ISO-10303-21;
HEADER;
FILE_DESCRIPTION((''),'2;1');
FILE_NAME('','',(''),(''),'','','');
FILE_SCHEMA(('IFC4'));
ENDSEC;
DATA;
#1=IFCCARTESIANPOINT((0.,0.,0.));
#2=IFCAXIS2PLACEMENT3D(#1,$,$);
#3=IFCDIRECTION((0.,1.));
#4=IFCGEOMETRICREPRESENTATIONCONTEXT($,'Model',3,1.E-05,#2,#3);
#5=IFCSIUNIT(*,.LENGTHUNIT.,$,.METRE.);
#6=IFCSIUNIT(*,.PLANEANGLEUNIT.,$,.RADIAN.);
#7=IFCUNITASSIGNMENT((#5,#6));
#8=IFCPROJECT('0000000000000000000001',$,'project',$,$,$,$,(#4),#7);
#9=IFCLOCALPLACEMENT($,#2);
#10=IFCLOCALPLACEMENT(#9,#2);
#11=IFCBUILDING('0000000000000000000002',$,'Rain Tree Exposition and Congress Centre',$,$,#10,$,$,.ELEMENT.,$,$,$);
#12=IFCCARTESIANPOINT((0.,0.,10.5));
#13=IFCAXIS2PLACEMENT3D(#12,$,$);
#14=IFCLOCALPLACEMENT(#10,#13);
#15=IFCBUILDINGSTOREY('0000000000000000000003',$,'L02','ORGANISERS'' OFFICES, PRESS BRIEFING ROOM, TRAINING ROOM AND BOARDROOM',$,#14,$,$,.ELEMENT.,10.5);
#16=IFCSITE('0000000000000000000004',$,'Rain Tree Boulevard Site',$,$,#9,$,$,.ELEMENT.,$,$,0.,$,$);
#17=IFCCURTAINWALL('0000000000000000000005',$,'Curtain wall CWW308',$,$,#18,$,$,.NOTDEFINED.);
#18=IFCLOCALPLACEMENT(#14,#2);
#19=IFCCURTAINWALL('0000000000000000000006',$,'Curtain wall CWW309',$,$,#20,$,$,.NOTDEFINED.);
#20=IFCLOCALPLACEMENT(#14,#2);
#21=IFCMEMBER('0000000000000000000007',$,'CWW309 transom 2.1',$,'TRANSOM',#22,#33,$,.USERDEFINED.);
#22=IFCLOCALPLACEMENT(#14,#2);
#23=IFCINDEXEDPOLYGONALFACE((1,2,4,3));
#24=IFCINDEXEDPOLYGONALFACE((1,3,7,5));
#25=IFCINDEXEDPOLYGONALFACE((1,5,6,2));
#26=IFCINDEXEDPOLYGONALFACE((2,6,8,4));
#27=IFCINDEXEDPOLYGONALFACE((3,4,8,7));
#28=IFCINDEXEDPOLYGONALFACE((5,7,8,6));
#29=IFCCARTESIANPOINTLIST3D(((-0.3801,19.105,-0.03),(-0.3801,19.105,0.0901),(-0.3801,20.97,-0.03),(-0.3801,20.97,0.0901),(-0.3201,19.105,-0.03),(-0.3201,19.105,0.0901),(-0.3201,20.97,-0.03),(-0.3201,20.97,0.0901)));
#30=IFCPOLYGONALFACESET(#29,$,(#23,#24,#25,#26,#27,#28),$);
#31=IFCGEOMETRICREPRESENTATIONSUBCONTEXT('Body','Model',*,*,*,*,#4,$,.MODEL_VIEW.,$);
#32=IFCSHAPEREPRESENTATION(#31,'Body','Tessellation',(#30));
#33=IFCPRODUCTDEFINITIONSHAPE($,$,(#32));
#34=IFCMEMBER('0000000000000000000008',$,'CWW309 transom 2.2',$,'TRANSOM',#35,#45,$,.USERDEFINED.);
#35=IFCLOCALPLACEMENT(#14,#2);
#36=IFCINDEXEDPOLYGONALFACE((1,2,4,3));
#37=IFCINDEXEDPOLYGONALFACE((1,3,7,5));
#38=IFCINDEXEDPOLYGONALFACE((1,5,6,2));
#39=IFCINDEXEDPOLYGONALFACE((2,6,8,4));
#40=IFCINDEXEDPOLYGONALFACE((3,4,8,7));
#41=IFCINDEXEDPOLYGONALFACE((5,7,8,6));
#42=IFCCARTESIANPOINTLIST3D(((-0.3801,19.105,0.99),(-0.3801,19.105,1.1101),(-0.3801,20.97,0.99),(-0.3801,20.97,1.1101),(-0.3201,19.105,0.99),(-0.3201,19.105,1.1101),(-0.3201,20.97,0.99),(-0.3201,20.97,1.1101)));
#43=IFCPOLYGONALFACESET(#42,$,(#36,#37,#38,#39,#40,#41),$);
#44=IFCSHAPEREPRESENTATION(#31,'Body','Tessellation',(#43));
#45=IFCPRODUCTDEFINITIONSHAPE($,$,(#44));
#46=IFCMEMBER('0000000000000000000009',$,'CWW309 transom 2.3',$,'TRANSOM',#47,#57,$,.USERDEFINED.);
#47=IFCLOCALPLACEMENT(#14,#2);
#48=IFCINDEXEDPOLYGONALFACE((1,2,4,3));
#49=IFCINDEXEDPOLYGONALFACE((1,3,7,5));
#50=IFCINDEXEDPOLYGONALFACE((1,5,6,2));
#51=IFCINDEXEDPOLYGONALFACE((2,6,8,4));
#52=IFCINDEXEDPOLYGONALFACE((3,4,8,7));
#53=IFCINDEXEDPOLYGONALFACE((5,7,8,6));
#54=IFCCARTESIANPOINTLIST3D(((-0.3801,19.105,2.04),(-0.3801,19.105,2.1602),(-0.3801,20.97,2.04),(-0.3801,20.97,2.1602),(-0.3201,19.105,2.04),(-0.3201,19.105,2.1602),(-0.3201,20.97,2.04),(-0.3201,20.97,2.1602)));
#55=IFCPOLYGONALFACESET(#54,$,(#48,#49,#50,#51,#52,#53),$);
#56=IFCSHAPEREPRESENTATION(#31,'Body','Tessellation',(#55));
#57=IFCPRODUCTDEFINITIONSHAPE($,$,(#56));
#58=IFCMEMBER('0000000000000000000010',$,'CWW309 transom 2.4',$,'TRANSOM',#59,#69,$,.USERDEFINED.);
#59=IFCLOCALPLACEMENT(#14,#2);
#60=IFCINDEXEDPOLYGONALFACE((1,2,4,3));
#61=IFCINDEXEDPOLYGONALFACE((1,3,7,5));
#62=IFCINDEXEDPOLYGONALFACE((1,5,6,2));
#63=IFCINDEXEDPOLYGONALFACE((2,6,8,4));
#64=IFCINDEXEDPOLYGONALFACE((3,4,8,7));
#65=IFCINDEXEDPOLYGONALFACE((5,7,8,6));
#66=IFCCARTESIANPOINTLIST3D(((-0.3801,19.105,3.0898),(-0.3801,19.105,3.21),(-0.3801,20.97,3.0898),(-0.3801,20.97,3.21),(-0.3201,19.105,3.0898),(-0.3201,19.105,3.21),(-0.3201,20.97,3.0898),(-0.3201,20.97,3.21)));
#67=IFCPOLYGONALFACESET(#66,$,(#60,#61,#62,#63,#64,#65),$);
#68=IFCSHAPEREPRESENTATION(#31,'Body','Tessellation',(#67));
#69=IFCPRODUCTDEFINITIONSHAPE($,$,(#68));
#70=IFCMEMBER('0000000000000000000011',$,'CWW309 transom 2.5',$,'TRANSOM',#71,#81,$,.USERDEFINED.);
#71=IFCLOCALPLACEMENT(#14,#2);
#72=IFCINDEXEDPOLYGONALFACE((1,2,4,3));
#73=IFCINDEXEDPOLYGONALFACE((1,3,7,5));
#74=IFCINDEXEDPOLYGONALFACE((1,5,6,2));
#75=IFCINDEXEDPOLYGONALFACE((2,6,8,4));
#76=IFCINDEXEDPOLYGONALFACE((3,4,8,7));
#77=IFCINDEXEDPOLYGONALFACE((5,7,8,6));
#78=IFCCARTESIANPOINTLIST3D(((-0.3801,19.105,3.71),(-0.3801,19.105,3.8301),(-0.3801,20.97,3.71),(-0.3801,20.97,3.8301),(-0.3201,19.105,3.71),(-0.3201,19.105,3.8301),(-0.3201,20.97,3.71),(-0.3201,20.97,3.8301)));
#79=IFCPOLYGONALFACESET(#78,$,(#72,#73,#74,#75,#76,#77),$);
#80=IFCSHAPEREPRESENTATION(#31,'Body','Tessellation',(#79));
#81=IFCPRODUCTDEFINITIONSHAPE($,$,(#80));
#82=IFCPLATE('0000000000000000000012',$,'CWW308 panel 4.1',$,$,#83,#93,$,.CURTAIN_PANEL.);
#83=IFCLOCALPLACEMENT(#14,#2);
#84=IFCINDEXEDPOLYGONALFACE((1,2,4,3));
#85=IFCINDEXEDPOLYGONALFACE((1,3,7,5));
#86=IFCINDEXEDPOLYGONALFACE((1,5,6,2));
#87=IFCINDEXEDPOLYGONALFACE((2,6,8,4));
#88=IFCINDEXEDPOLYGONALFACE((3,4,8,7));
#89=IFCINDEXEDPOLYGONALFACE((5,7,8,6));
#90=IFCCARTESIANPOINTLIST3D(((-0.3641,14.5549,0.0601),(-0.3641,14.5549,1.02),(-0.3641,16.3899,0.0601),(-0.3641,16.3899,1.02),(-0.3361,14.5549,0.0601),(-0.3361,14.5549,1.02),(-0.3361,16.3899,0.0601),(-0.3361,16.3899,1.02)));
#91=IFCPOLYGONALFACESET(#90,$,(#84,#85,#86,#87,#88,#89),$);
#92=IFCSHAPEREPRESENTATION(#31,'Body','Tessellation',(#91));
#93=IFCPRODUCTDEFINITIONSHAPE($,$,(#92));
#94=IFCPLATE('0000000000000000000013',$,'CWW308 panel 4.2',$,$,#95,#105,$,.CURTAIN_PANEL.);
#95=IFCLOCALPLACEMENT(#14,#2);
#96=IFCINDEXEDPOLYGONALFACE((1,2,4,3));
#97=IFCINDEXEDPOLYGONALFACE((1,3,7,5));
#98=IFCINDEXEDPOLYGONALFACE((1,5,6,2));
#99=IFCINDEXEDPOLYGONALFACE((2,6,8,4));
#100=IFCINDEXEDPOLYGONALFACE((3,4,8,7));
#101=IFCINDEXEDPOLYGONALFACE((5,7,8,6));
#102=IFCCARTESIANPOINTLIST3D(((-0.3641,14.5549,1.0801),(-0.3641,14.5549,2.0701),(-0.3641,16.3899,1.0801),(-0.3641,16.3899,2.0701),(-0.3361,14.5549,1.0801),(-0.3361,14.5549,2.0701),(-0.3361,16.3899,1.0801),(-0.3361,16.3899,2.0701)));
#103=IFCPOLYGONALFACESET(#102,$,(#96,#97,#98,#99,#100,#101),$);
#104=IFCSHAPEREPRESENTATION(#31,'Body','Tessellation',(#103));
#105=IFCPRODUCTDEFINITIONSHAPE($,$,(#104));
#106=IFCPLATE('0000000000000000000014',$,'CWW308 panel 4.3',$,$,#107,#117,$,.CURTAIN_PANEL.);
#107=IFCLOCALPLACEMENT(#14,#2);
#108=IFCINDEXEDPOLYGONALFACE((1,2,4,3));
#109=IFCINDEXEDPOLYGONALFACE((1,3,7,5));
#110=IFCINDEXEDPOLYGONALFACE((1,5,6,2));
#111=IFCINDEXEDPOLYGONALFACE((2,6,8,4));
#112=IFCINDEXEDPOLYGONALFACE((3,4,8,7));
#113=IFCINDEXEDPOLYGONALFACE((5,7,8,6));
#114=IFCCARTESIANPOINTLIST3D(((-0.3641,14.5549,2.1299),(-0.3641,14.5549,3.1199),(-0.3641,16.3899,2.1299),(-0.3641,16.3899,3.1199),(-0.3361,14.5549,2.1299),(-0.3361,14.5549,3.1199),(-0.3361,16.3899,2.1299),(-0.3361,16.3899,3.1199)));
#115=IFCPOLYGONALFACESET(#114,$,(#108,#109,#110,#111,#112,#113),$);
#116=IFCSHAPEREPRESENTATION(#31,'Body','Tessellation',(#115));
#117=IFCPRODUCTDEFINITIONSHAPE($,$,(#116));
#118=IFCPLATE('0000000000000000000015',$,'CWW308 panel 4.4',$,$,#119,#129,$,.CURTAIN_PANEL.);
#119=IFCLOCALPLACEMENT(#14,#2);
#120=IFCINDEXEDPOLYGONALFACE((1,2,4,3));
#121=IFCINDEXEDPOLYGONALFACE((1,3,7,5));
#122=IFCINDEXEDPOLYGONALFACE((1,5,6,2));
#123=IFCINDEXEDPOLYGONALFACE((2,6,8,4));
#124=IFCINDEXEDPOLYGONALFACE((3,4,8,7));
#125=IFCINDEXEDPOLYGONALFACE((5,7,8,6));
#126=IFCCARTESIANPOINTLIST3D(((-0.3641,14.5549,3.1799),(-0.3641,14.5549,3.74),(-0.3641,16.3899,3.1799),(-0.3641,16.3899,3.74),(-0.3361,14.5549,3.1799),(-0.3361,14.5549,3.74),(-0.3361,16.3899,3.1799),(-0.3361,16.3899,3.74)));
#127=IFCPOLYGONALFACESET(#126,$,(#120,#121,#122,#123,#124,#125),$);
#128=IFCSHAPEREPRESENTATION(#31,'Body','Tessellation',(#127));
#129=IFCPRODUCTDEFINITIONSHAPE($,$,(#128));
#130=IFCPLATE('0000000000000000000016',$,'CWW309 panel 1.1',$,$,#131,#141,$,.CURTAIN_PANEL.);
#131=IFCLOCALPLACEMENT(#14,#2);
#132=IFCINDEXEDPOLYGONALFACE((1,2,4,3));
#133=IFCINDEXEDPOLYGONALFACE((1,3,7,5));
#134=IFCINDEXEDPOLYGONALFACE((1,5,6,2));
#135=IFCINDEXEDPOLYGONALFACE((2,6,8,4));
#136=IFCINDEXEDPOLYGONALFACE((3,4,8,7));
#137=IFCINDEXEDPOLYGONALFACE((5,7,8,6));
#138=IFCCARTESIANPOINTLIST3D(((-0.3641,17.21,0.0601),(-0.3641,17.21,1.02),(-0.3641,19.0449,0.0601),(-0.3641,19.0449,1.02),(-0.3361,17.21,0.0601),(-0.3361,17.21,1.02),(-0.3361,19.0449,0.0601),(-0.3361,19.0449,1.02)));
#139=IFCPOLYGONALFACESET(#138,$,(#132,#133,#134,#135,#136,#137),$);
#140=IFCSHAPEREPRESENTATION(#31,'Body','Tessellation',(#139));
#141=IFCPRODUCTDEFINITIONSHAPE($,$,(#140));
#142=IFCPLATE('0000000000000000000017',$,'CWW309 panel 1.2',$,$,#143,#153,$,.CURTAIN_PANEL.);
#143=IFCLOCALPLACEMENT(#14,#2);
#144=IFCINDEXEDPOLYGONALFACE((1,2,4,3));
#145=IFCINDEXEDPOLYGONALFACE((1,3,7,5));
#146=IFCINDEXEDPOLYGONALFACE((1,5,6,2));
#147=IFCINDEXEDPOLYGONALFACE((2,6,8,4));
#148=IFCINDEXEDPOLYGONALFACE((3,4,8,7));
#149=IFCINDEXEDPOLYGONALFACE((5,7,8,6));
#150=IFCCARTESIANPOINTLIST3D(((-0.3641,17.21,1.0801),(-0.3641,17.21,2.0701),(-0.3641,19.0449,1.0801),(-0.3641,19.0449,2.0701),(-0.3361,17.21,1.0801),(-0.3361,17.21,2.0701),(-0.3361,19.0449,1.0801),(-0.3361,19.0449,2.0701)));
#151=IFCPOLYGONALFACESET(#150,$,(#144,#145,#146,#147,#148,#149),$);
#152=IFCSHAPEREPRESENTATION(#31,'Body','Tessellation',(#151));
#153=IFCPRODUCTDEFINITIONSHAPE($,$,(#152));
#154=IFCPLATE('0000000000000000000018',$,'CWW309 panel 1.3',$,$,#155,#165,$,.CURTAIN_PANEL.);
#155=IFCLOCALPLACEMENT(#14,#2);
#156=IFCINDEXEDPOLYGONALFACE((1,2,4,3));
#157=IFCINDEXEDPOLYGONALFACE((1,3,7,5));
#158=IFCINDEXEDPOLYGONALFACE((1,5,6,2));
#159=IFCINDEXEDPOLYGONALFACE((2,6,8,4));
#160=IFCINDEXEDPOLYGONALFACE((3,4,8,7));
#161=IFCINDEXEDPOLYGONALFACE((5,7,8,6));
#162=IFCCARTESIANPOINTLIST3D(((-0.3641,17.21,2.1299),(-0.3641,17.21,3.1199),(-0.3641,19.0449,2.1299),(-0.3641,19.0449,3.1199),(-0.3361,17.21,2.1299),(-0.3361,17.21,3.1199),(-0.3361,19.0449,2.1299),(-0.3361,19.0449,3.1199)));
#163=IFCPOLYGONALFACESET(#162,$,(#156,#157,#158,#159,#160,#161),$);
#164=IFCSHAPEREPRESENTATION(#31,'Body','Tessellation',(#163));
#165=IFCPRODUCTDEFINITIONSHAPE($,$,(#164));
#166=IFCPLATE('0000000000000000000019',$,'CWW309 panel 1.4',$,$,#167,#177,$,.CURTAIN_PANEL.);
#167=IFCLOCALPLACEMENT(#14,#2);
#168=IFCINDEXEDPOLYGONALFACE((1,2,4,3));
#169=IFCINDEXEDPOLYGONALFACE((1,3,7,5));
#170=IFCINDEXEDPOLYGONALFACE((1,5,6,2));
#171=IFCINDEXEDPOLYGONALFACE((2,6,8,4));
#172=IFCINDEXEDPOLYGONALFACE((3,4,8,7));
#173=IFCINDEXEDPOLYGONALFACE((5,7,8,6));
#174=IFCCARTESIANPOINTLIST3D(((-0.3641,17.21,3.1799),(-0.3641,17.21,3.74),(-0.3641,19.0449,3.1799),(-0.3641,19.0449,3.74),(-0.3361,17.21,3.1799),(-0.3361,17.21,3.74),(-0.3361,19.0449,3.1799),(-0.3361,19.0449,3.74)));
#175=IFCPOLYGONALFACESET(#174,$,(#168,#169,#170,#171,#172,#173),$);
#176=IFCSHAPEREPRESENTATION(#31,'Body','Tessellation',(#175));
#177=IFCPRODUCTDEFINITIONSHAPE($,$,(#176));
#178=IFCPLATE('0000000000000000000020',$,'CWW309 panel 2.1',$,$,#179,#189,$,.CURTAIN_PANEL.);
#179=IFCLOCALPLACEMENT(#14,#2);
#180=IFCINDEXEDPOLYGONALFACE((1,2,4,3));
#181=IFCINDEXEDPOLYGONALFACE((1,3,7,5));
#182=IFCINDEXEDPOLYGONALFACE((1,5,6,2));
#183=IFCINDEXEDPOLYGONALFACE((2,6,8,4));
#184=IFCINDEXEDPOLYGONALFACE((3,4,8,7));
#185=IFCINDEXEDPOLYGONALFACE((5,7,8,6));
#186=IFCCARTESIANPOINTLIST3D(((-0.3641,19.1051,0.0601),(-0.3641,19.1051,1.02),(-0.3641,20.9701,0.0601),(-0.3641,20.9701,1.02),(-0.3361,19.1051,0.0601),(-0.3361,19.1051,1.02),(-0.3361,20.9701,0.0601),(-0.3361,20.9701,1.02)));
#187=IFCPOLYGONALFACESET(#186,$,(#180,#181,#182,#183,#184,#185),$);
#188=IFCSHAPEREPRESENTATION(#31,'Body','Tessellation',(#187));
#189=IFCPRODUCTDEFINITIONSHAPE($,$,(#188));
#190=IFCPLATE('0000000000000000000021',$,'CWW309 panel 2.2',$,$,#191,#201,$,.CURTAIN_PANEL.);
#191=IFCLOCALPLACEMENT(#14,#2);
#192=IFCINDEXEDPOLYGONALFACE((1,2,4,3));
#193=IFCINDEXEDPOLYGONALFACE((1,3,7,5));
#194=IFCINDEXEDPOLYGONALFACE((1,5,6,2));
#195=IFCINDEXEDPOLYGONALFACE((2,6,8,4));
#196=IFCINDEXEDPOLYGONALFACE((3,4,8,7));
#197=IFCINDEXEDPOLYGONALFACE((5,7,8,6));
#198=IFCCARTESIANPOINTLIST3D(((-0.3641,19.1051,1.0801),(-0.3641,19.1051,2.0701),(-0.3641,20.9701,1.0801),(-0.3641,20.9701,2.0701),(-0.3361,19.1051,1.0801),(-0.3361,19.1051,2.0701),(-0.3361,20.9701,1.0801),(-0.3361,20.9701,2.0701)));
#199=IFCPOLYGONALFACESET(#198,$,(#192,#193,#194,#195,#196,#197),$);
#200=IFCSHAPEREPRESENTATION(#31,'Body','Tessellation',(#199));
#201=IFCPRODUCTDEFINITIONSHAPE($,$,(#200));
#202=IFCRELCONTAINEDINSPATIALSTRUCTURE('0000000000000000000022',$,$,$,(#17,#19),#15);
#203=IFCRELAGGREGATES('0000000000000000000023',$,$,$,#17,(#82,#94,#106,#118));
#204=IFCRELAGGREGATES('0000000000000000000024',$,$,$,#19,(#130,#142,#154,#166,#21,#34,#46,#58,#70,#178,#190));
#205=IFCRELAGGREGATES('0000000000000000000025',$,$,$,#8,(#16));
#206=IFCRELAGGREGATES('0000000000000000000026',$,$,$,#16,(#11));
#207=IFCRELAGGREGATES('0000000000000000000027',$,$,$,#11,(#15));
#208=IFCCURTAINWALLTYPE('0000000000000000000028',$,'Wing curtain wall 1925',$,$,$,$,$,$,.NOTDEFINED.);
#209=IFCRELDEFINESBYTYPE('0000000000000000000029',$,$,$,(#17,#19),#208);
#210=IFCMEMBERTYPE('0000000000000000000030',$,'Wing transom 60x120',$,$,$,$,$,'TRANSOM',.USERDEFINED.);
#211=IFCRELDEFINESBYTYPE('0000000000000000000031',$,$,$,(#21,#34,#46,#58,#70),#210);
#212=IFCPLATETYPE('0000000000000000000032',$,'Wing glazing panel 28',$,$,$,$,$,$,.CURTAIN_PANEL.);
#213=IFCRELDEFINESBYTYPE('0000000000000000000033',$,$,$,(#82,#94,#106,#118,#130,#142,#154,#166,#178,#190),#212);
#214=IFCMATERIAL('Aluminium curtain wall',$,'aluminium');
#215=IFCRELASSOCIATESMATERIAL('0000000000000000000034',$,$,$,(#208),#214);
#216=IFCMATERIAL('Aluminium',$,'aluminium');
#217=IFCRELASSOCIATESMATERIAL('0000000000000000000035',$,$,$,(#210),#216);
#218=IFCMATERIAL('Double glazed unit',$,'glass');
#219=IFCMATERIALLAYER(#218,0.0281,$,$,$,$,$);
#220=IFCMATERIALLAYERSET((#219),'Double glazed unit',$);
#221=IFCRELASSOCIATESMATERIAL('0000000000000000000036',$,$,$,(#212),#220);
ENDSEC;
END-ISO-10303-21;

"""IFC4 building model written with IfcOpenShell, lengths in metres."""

from ifc_helpers import new_model, si_unit, direction, frame, origin, origin_2d, place, context, subcontext, project, spatial, rectangle, extrude, material, layer, layer_set, material_profile, profile_set, type_object, element, aggregate, save


model = new_model("IFC4")

# Units and contexts
model_context = context("Model", 3, precision=1e-05, world=origin(), true_north=direction((0.0, 1.0)))
body_context = subcontext(model_context, "Body", "Model", "MODEL_VIEW")
ifc_project = project(units=[si_unit("LENGTHUNIT", "METRE"), si_unit("PLANEANGLEUNIT", "RADIAN")], contexts=[model_context])

# Site, building, storey
site_placement = place(None, origin())
site = spatial("IfcSite", under=ifc_project, at=site_placement, Name="Rain Tree Boulevard Site", CompositionType="ELEMENT", RefElevation=0.0)
building_placement = place(site_placement, origin())
building = spatial("IfcBuilding", under=site, at=building_placement, Name="Rain Tree Exposition and Congress Centre", CompositionType="ELEMENT")
storey_placement = place(building_placement, frame((0.0, 0.0, 10.5)))
storey = spatial("IfcBuildingStorey", under=building, at=storey_placement, Name="L02", Description="ORGANISERS' OFFICES, PRESS BRIEFING ROOM, TRAINING ROOM AND BOARDROOM", CompositionType="ELEMENT", Elevation=10.5)

# Curtain wall
ifc_material_1 = material(Name="Aluminium curtain wall", Category="aluminium")
curtain_wall_type = type_object("IfcCurtainWallType", Name="Wing curtain wall 1925", PredefinedType="NOTDEFINED", material=ifc_material_1)
curtain_wall_1_placement = place(storey_placement, origin())
curtain_wall_1 = element("IfcCurtainWall", 1, at=curtain_wall_1_placement, inside=storey, type_object=curtain_wall_type, Name="Curtain wall CWW308", PredefinedType="NOTDEFINED")

# Curtain wall, members
curtain_wall_2_placement = place(storey_placement, origin())
curtain_wall_2 = element("IfcCurtainWall", 2, at=curtain_wall_2_placement, inside=storey, type_object=curtain_wall_type, Name="Curtain wall CWW309", PredefinedType="NOTDEFINED")
ifc_material_2 = material(Name="Aluminium", Category="aluminium")
ifc_material_profile_1 = material_profile(ifc_material_2, rectangle(XDim=0.0601, YDim=0.1201, at=origin_2d()), Name="Aluminium 60x120")
ifc_profile_set_1 = profile_set([ifc_material_profile_1], Name="Aluminium")
member_type_1 = type_object("IfcMemberType", Name="Wing transom 60x120", ElementType="TRANSOM", PredefinedType="USERDEFINED", material=ifc_profile_set_1)
member_1_placement = place(storey_placement, frame((-0.3501, 19.105, 0.03), z_axis=(0.0, 1.0, 0.0), x_axis=(-1.0, 0.0, 0.0)))
member_1 = element("IfcMember", 3, at=member_1_placement, type_object=member_type_1, Name="CWW309 transom 2.1", ObjectType="TRANSOM", PredefinedType="USERDEFINED", context=body_context, shape_type="SweptSolid", body=[
    extrude(rectangle(XDim=0.0601, YDim=0.1201, at=origin_2d()), origin(), (0.0, 0.0, 1.0), 1.865),
])
member_2_placement = place(storey_placement, frame((-0.3501, 19.105, 1.05), z_axis=(0.0, 1.0, 0.0), x_axis=(-1.0, 0.0, 0.0)))
member_2 = element("IfcMember", 4, at=member_2_placement, type_object=member_type_1, Name="CWW309 transom 2.2", ObjectType="TRANSOM", PredefinedType="USERDEFINED", context=body_context, shape_type="SweptSolid", body=[
    extrude(rectangle(XDim=0.0601, YDim=0.1201, at=origin_2d()), origin(), (0.0, 0.0, 1.0), 1.865),
])
member_3_placement = place(storey_placement, frame((-0.3501, 19.105, 2.1001), z_axis=(0.0, 1.0, 0.0), x_axis=(-1.0, 0.0, 0.0)))
member_3 = element("IfcMember", 5, at=member_3_placement, type_object=member_type_1, Name="CWW309 transom 2.3", ObjectType="TRANSOM", PredefinedType="USERDEFINED", context=body_context, shape_type="SweptSolid", body=[
    extrude(rectangle(XDim=0.0601, YDim=0.1201, at=origin_2d()), origin(), (0.0, 0.0, 1.0), 1.865),
])
member_4_placement = place(storey_placement, frame((-0.3501, 19.105, 3.1499), z_axis=(0.0, 1.0, 0.0), x_axis=(-1.0, 0.0, 0.0)))
member_4 = element("IfcMember", 6, at=member_4_placement, type_object=member_type_1, Name="CWW309 transom 2.4", ObjectType="TRANSOM", PredefinedType="USERDEFINED", context=body_context, shape_type="SweptSolid", body=[
    extrude(rectangle(XDim=0.0601, YDim=0.1201, at=origin_2d()), origin(), (0.0, 0.0, 1.0), 1.865),
])
member_5_placement = place(storey_placement, frame((-0.3501, 19.105, 3.77), z_axis=(0.0, 1.0, 0.0), x_axis=(-1.0, 0.0, 0.0)))
member_5 = element("IfcMember", 7, at=member_5_placement, type_object=member_type_1, Name="CWW309 transom 2.5", ObjectType="TRANSOM", PredefinedType="USERDEFINED", context=body_context, shape_type="SweptSolid", body=[
    extrude(rectangle(XDim=0.0601, YDim=0.1201, at=origin_2d()), origin(), (0.0, 0.0, 1.0), 1.865),
])

# Plates
ifc_material_3 = material(Name="Double glazed unit", Category="glass")
ifc_layer_1 = layer(ifc_material_3, 0.0281)
ifc_layer_set_1 = layer_set([ifc_layer_1], Name="Double glazed unit")
plate_type = type_object("IfcPlateType", Name="Wing glazing panel 28", PredefinedType="CURTAIN_PANEL", material=ifc_layer_set_1)
plate_1_placement = place(storey_placement, frame((-0.3501, 15.4724, 0.0601), z_axis=(0.0, 0.0, 1.0), x_axis=(0.0, 1.0, 0.0)))
plate_1 = element("IfcPlate", 8, at=plate_1_placement, type_object=plate_type, Name="CWW308 panel 4.1", PredefinedType="CURTAIN_PANEL", context=body_context, shape_type="SweptSolid", body=[
    extrude(rectangle(XDim=1.835, YDim=0.0281, at=origin_2d()), origin(), (0.0, 0.0, 1.0), 0.96),
])
plate_2_placement = place(storey_placement, frame((-0.3501, 15.4724, 1.0801), z_axis=(0.0, 0.0, 1.0), x_axis=(0.0, 1.0, 0.0)))
plate_2 = element("IfcPlate", 9, at=plate_2_placement, type_object=plate_type, Name="CWW308 panel 4.2", PredefinedType="CURTAIN_PANEL", context=body_context, shape_type="SweptSolid", body=[
    extrude(rectangle(XDim=1.835, YDim=0.0281, at=origin_2d()), origin(), (0.0, 0.0, 1.0), 0.99),
])
plate_3_placement = place(storey_placement, frame((-0.3501, 15.4724, 2.1299), z_axis=(0.0, 0.0, 1.0), x_axis=(0.0, 1.0, 0.0)))
plate_3 = element("IfcPlate", 10, at=plate_3_placement, type_object=plate_type, Name="CWW308 panel 4.3", PredefinedType="CURTAIN_PANEL", context=body_context, shape_type="SweptSolid", body=[
    extrude(rectangle(XDim=1.835, YDim=0.0281, at=origin_2d()), origin(), (0.0, 0.0, 1.0), 0.99),
])
plate_4_placement = place(storey_placement, frame((-0.3501, 15.4724, 3.1799), z_axis=(0.0, 0.0, 1.0), x_axis=(0.0, 1.0, 0.0)))
plate_4 = element("IfcPlate", 11, at=plate_4_placement, type_object=plate_type, Name="CWW308 panel 4.4", PredefinedType="CURTAIN_PANEL", context=body_context, shape_type="SweptSolid", body=[
    extrude(rectangle(XDim=1.835, YDim=0.0281, at=origin_2d()), origin(), (0.0, 0.0, 1.0), 0.5601),
])
aggregate(curtain_wall_1, [plate_1, plate_2, plate_3, plate_4])
plate_5_placement = place(storey_placement, frame((-0.3501, 18.1274, 0.0601), z_axis=(0.0, 0.0, 1.0), x_axis=(0.0, 1.0, 0.0)))
plate_5 = element("IfcPlate", 12, at=plate_5_placement, type_object=plate_type, Name="CWW309 panel 1.1", PredefinedType="CURTAIN_PANEL", context=body_context, shape_type="SweptSolid", body=[
    extrude(rectangle(XDim=1.835, YDim=0.0281, at=origin_2d()), origin(), (0.0, 0.0, 1.0), 0.96),
])
plate_6_placement = place(storey_placement, frame((-0.3501, 18.1274, 1.0801), z_axis=(0.0, 0.0, 1.0), x_axis=(0.0, 1.0, 0.0)))
plate_6 = element("IfcPlate", 13, at=plate_6_placement, type_object=plate_type, Name="CWW309 panel 1.2", PredefinedType="CURTAIN_PANEL", context=body_context, shape_type="SweptSolid", body=[
    extrude(rectangle(XDim=1.835, YDim=0.0281, at=origin_2d()), origin(), (0.0, 0.0, 1.0), 0.99),
])
plate_7_placement = place(storey_placement, frame((-0.3501, 18.1274, 2.1299), z_axis=(0.0, 0.0, 1.0), x_axis=(0.0, 1.0, 0.0)))
plate_7 = element("IfcPlate", 14, at=plate_7_placement, type_object=plate_type, Name="CWW309 panel 1.3", PredefinedType="CURTAIN_PANEL", context=body_context, shape_type="SweptSolid", body=[
    extrude(rectangle(XDim=1.835, YDim=0.0281, at=origin_2d()), origin(), (0.0, 0.0, 1.0), 0.99),
])
plate_8_placement = place(storey_placement, frame((-0.3501, 18.1274, 3.1799), z_axis=(0.0, 0.0, 1.0), x_axis=(0.0, 1.0, 0.0)))
plate_8 = element("IfcPlate", 15, at=plate_8_placement, type_object=plate_type, Name="CWW309 panel 1.4", PredefinedType="CURTAIN_PANEL", context=body_context, shape_type="SweptSolid", body=[
    extrude(rectangle(XDim=1.835, YDim=0.0281, at=origin_2d()), origin(), (0.0, 0.0, 1.0), 0.5601),
])
plate_9_placement = place(storey_placement, frame((-0.3501, 20.0376, 0.0601), z_axis=(0.0, 0.0, 1.0), x_axis=(0.0, 1.0, 0.0)))
plate_9 = element("IfcPlate", 16, at=plate_9_placement, type_object=plate_type, Name="CWW309 panel 2.1", PredefinedType="CURTAIN_PANEL", context=body_context, shape_type="SweptSolid", body=[
    extrude(rectangle(XDim=1.865, YDim=0.0281, at=origin_2d()), origin(), (0.0, 0.0, 1.0), 0.96),
])
plate_10_placement = place(storey_placement, frame((-0.3501, 20.0376, 1.0801), z_axis=(0.0, 0.0, 1.0), x_axis=(0.0, 1.0, 0.0)))
plate_10 = element("IfcPlate", 17, at=plate_10_placement, type_object=plate_type, Name="CWW309 panel 2.2", PredefinedType="CURTAIN_PANEL", context=body_context, shape_type="SweptSolid", body=[
    extrude(rectangle(XDim=1.865, YDim=0.0281, at=origin_2d()), origin(), (0.0, 0.0, 1.0), 0.99),
])
aggregate(curtain_wall_2, [plate_5, plate_6, plate_7, plate_8, member_1, member_2, member_3, member_4, member_5, plate_9, plate_10])

save(model, "model.ifc")
